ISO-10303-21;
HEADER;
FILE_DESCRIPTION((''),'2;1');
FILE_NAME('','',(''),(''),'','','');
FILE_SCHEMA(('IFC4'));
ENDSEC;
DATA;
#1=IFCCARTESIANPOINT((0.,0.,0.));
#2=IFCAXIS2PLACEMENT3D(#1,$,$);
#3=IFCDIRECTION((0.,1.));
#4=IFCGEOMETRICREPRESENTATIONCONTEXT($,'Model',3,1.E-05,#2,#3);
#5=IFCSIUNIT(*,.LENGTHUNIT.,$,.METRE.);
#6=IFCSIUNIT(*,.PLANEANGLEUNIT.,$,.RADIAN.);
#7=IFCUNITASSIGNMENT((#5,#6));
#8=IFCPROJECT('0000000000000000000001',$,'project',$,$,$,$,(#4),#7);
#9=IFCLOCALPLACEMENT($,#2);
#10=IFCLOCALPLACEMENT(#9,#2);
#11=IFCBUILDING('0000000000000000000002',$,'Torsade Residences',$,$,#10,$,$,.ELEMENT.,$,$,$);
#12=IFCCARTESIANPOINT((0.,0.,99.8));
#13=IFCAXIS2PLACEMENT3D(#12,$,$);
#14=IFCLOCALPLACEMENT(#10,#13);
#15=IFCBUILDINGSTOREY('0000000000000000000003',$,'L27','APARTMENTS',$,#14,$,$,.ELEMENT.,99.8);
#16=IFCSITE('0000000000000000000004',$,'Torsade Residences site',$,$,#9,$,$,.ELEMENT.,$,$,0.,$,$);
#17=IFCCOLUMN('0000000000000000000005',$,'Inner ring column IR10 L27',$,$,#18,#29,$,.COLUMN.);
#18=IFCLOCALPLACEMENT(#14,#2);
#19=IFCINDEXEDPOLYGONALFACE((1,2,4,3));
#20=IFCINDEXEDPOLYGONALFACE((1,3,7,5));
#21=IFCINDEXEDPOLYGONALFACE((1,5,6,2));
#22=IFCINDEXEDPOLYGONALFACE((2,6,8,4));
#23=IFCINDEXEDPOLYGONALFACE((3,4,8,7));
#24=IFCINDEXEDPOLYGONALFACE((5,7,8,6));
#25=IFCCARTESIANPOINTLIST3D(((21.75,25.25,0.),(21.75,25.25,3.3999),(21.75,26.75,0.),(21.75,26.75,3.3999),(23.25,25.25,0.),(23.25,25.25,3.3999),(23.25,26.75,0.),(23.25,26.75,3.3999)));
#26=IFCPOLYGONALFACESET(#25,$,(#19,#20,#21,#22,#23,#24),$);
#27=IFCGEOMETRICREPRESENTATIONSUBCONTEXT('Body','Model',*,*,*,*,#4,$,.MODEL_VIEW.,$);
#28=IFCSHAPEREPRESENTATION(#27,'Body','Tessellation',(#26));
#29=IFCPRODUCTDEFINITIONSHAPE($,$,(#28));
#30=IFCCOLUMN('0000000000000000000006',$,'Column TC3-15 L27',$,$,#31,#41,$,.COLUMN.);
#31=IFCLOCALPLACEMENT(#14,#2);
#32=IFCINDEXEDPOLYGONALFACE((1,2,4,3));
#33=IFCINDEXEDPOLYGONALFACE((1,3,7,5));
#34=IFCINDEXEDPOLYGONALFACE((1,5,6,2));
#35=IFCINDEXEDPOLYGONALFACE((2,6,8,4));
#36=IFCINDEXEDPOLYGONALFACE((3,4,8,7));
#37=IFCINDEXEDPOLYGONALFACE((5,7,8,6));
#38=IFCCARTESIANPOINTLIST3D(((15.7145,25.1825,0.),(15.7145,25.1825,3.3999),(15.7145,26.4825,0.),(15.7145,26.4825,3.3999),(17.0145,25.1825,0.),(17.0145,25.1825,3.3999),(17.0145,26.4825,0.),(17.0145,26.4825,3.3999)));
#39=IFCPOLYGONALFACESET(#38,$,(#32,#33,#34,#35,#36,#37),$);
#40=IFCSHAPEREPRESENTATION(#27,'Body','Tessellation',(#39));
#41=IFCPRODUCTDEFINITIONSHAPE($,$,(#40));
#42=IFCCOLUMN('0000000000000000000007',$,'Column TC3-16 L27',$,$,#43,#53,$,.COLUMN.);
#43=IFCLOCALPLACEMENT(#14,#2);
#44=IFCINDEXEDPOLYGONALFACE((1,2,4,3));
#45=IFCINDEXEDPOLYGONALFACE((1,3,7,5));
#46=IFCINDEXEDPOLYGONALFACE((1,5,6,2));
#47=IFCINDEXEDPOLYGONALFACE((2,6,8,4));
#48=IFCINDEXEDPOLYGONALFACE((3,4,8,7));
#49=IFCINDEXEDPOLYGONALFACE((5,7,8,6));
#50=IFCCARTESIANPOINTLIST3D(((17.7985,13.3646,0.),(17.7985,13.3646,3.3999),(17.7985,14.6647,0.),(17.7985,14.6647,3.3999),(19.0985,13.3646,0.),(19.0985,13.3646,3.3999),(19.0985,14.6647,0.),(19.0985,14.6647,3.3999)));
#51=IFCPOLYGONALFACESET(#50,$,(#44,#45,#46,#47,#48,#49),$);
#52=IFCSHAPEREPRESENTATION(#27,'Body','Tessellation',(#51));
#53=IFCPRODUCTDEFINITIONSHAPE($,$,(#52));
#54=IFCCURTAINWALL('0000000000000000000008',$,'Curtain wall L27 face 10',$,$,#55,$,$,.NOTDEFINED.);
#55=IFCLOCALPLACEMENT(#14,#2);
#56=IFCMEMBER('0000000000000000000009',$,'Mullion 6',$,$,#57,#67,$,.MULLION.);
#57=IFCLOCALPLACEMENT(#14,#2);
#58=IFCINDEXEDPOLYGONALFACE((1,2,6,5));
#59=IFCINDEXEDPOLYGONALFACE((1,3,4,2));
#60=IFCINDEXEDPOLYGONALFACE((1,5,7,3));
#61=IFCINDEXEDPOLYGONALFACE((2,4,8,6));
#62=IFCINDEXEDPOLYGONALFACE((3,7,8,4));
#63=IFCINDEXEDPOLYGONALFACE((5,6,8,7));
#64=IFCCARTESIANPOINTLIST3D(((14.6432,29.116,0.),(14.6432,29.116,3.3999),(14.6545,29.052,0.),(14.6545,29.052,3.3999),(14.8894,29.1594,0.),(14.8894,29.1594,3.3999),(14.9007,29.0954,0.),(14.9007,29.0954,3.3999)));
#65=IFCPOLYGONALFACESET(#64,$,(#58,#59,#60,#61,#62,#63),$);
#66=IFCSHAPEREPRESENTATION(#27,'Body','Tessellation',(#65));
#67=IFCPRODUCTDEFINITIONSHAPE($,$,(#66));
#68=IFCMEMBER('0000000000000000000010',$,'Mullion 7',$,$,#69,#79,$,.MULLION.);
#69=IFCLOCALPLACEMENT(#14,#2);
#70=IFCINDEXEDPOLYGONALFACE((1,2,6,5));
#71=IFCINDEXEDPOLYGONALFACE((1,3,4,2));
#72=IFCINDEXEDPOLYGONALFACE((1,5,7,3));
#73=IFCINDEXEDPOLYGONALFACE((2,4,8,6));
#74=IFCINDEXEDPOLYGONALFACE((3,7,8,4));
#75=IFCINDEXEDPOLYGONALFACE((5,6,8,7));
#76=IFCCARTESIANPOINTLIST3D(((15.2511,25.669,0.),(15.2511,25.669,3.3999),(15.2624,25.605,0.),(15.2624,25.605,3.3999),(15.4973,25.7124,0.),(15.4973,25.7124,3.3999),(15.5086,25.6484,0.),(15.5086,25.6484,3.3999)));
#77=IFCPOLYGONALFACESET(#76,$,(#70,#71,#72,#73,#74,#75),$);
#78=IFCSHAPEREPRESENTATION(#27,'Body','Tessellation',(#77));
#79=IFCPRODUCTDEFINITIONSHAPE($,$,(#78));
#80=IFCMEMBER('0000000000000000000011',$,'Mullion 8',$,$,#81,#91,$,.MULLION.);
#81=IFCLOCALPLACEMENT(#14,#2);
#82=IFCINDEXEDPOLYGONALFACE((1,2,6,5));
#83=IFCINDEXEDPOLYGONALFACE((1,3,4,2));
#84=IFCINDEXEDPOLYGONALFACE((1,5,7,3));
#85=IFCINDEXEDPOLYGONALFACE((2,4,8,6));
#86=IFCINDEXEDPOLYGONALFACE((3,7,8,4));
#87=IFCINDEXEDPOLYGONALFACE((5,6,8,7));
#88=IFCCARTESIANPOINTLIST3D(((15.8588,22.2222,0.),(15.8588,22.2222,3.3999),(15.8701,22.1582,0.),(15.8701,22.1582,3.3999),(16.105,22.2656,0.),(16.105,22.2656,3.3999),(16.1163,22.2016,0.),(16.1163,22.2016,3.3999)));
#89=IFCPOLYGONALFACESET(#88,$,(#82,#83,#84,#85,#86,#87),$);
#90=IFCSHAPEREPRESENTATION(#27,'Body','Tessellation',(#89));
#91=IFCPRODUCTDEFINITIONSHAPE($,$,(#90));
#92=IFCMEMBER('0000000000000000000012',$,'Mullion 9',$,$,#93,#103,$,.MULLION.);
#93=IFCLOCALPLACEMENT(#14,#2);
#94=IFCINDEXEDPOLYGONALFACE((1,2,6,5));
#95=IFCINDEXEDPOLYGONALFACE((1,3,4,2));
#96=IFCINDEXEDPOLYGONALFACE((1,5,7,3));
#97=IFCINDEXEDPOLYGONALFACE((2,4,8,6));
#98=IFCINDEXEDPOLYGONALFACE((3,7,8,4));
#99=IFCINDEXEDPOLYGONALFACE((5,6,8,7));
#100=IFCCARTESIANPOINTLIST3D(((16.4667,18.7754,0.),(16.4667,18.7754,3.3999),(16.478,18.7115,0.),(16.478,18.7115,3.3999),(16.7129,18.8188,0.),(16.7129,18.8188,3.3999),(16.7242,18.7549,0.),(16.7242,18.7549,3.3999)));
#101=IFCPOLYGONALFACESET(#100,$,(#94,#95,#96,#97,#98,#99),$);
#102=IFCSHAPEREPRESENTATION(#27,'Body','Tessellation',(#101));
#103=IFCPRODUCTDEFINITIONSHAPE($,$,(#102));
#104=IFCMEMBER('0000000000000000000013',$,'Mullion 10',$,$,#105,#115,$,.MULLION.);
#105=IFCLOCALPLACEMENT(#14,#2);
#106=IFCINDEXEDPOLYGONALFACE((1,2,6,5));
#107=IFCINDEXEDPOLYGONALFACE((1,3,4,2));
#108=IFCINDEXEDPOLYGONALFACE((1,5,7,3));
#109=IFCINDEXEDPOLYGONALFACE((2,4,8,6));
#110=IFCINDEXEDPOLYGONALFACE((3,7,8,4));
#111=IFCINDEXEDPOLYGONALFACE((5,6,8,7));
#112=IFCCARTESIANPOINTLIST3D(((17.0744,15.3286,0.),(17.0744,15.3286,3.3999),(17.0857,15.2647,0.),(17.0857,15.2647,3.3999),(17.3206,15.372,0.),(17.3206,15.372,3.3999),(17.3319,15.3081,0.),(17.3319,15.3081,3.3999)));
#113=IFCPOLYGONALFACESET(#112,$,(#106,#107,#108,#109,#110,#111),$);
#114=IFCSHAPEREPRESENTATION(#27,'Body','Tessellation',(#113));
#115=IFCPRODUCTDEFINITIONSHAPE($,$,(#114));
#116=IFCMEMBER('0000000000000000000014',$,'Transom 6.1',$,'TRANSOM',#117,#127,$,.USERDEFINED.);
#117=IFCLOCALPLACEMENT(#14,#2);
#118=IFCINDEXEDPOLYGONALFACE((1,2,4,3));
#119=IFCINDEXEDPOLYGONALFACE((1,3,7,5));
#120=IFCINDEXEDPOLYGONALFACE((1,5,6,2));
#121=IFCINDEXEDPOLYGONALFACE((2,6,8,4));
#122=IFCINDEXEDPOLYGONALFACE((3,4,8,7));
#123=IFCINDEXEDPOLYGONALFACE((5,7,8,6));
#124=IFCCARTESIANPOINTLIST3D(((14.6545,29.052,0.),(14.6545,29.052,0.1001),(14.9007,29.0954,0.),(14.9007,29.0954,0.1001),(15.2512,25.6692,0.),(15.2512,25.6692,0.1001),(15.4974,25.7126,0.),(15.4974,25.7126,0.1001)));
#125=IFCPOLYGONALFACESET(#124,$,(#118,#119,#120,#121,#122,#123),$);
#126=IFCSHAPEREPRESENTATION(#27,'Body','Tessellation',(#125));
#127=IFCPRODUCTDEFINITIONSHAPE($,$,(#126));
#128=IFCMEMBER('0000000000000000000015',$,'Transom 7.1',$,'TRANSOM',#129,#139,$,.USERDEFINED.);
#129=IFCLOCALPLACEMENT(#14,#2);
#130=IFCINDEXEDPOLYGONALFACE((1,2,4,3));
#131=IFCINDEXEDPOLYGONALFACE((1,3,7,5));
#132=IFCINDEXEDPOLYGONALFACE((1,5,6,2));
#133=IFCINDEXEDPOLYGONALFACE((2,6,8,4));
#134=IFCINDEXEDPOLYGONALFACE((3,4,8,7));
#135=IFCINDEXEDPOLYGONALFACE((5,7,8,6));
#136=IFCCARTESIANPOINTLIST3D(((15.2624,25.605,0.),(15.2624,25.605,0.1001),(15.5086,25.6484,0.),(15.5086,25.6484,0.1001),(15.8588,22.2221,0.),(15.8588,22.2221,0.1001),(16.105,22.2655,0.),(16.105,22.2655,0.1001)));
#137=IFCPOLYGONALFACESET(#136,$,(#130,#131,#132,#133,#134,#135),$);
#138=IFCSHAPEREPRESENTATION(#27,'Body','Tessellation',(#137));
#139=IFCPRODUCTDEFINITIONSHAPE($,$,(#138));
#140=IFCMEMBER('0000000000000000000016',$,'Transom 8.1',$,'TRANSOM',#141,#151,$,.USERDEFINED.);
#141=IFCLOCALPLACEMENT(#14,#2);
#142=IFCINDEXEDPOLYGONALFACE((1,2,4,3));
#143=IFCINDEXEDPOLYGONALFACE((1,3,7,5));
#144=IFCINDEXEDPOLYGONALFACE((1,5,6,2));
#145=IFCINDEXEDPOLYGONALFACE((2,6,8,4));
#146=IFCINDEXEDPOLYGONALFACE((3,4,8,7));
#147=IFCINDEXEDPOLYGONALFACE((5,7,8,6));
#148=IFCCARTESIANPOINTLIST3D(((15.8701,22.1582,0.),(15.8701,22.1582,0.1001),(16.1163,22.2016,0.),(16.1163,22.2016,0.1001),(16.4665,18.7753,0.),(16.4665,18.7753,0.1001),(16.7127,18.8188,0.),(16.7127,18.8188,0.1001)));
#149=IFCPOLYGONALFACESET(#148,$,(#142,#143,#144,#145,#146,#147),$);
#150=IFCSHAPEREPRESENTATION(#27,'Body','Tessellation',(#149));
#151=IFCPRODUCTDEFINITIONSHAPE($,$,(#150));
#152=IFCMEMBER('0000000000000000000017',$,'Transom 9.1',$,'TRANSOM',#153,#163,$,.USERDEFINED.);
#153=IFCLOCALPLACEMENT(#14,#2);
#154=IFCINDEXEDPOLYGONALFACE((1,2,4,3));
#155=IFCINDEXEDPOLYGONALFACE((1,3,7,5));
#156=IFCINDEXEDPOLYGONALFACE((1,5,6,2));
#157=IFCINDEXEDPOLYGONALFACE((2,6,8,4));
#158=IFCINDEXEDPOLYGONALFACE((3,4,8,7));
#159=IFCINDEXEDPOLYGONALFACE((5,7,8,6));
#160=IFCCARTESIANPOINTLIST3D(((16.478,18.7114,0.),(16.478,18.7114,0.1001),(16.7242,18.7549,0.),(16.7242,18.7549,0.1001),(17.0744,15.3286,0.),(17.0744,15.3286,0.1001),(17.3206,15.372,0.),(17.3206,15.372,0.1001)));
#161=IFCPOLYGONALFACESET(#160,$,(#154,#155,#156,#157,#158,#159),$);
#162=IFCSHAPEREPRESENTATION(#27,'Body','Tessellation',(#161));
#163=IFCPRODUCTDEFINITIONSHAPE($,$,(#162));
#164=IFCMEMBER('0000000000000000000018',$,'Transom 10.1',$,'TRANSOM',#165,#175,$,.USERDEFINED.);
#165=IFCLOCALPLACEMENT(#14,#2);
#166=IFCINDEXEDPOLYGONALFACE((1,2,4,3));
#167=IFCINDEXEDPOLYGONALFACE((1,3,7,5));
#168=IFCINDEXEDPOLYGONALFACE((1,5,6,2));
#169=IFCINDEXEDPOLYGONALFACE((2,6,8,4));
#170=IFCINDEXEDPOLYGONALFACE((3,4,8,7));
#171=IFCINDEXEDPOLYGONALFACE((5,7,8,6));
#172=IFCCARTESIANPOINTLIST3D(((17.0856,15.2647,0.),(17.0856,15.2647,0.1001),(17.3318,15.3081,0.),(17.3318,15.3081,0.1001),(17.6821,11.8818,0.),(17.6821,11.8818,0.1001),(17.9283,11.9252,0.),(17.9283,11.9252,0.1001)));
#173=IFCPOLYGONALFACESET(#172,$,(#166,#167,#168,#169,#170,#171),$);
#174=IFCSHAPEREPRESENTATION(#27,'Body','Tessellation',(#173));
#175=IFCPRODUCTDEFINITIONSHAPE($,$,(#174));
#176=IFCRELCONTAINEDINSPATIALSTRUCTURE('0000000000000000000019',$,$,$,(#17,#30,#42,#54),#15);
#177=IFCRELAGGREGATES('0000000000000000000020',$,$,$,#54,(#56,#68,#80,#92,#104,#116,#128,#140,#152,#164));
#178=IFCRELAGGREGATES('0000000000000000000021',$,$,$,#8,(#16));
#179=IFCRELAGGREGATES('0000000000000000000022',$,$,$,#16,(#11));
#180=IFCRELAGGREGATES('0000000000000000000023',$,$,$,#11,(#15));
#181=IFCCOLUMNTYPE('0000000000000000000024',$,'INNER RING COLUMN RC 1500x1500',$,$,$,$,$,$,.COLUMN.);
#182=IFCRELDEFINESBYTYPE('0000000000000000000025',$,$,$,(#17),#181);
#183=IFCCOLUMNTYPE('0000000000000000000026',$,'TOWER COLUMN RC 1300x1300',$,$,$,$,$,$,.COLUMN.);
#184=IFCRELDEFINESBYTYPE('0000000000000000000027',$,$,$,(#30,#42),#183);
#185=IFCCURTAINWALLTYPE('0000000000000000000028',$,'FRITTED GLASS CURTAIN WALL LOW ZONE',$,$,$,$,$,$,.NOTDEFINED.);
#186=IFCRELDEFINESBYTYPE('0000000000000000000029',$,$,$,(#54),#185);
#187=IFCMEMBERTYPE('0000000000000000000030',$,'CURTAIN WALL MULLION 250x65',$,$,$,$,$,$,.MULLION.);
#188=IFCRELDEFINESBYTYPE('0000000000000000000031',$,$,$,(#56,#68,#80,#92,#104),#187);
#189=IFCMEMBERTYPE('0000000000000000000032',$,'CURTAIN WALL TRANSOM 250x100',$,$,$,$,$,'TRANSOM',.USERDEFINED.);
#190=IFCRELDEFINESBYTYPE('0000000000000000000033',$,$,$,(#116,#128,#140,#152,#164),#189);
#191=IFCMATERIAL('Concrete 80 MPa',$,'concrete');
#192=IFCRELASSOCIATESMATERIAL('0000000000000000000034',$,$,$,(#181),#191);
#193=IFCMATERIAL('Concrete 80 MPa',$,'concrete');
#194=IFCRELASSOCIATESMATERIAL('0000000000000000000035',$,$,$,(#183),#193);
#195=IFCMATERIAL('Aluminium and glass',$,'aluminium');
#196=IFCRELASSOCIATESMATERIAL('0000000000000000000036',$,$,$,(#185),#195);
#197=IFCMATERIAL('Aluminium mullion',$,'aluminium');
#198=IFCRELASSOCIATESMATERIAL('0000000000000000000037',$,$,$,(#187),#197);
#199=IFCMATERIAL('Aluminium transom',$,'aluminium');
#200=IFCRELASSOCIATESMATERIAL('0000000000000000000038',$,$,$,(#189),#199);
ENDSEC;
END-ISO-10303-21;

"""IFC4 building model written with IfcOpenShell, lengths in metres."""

from ifc_helpers import new_model, si_unit, direction, frame, origin, origin_2d, place, context, subcontext, project, spatial, rectangle, extrude, material, material_profile, profile_set, type_object, element, aggregate, save


model = new_model("IFC4")

# Units and contexts
model_context = context("Model", 3, precision=1e-05, world=origin(), true_north=direction((0.0, 1.0)))
body_context = subcontext(model_context, "Body", "Model", "MODEL_VIEW")
ifc_project = project(units=[si_unit("LENGTHUNIT", "METRE"), si_unit("PLANEANGLEUNIT", "RADIAN")], contexts=[model_context])

# Site, building, storey
site_placement = place(None, origin())
site = spatial("IfcSite", under=ifc_project, at=site_placement, Name="Torsade Residences site", CompositionType="ELEMENT", RefElevation=0.0)
building_placement = place(site_placement, origin())
building = spatial("IfcBuilding", under=site, at=building_placement, Name="Torsade Residences", CompositionType="ELEMENT")
storey_placement = place(building_placement, frame((0.0, 0.0, 99.8)))
storey = spatial("IfcBuildingStorey", under=building, at=storey_placement, Name="L27", Description="APARTMENTS", CompositionType="ELEMENT", Elevation=99.8)

# Columns
ifc_material_1 = material(Name="Concrete 80 MPa", Category="concrete")
ifc_material_profile_1 = material_profile(ifc_material_1, rectangle(XDim=1.5, YDim=1.5, at=origin_2d()), Name="RC 1500x1500")
ifc_profile_set_1 = profile_set([ifc_material_profile_1], Name="Concrete 80 MPa")
column_type_1 = type_object("IfcColumnType", Name="INNER RING COLUMN RC 1500x1500", PredefinedType="COLUMN", material=ifc_profile_set_1)
column_placement = place(storey_placement, frame((22.5, 26.0, 0.0), z_axis=(0.0, 0.0, 1.0), x_axis=(1.0, 0.0, 0.0)))
element("IfcColumn", 1, at=column_placement, inside=storey, type_object=column_type_1, Name="Inner ring column IR10 L27", PredefinedType="COLUMN", context=body_context, shape_type="SweptSolid", body=[
    extrude(rectangle(XDim=1.5, YDim=1.5, at=origin_2d()), origin(), (0.0, 0.0, 1.0), 3.3999),
])
ifc_material_2 = material(Name="Concrete 80 MPa", Category="concrete")
ifc_material_profile_2 = material_profile(ifc_material_2, rectangle(XDim=1.3, YDim=1.3, at=origin_2d()), Name="RC 1300x1300")
ifc_profile_set_2 = profile_set([ifc_material_profile_2], Name="Concrete 80 MPa")
column_type_2 = type_object("IfcColumnType", Name="TOWER COLUMN RC 1300x1300", PredefinedType="COLUMN", material=ifc_profile_set_2)
for number, where, z_axis, x_axis, name in (
    (2, (16.3645, 25.8325, 0.0), (0.0, 0.0, 1.0), (1.0, 0.0, 0.0), "Column TC3-15 L27"),
    (3, (18.4485, 14.0146, 0.0), (0.0, 0.0, 1.0), (1.0, 0.0, 0.0), "Column TC3-16 L27"),
):
    element("IfcColumn", number, at=place(storey_placement, frame(where, z_axis=z_axis, x_axis=x_axis)), inside=storey, type_object=column_type_2, Name=name, PredefinedType="COLUMN", context=body_context, shape_type="SweptSolid", body=[
        extrude(rectangle(XDim=1.3, YDim=1.3, at=origin_2d()), origin(), (0.0, 0.0, 1.0), 3.3999),
    ])

# Curtain wall, members
ifc_material_3 = material(Name="Aluminium and glass", Category="aluminium")
curtain_wall_type = type_object("IfcCurtainWallType", Name="FRITTED GLASS CURTAIN WALL LOW ZONE", PredefinedType="NOTDEFINED", material=ifc_material_3)
curtain_wall_placement = place(storey_placement, origin())
curtain_wall = element("IfcCurtainWall", 4, at=curtain_wall_placement, inside=storey, type_object=curtain_wall_type, Name="Curtain wall L27 face 10", PredefinedType="NOTDEFINED")
ifc_material_4 = material(Name="Aluminium mullion", Category="aluminium")
ifc_material_profile_3 = material_profile(ifc_material_4, rectangle(XDim=0.25, YDim=0.0649, at=origin_2d()), Name="CURTAIN WALL MULLION 250x65")
ifc_profile_set_3 = profile_set([ifc_material_profile_3], Name="Aluminium mullion")
member_type_1 = type_object("IfcMemberType", Name="CURTAIN WALL MULLION 250x65", PredefinedType="MULLION", material=ifc_profile_set_3)
member_1_placement = place(storey_placement, frame((14.772, 29.1057, 0.0), z_axis=(0.0, 0.0, 1.0), x_axis=(0.984808, 0.173648, 0.0)))
member_1 = element("IfcMember", 5, at=member_1_placement, type_object=member_type_1, Name="Mullion 6", PredefinedType="MULLION", context=body_context, shape_type="SweptSolid", body=[
    extrude(rectangle(XDim=0.25, YDim=0.0649, at=origin_2d()), origin(), (0.0, 0.0, 1.0), 3.3999),
])
member_2_placement = place(storey_placement, frame((15.3799, 25.6587, 0.0), z_axis=(0.0, 0.0, 1.0), x_axis=(0.984808, 0.173648, 0.0)))
member_2 = element("IfcMember", 6, at=member_2_placement, type_object=member_type_1, Name="Mullion 7", PredefinedType="MULLION", context=body_context, shape_type="SweptSolid", body=[
    extrude(rectangle(XDim=0.25, YDim=0.0649, at=origin_2d()), origin(), (0.0, 0.0, 1.0), 3.3999),
])
member_3_placement = place(storey_placement, frame((15.9875, 22.2119, 0.0), z_axis=(0.0, 0.0, 1.0), x_axis=(0.984808, 0.173648, 0.0)))
member_3 = element("IfcMember", 7, at=member_3_placement, type_object=member_type_1, Name="Mullion 8", PredefinedType="MULLION", context=body_context, shape_type="SweptSolid", body=[
    extrude(rectangle(XDim=0.25, YDim=0.0649, at=origin_2d()), origin(), (0.0, 0.0, 1.0), 3.3999),
])
member_4_placement = place(storey_placement, frame((16.5955, 18.7651, 0.0), z_axis=(0.0, 0.0, 1.0), x_axis=(0.984808, 0.173648, 0.0)))
member_4 = element("IfcMember", 8, at=member_4_placement, type_object=member_type_1, Name="Mullion 9", PredefinedType="MULLION", context=body_context, shape_type="SweptSolid", body=[
    extrude(rectangle(XDim=0.25, YDim=0.0649, at=origin_2d()), origin(), (0.0, 0.0, 1.0), 3.3999),
])
member_5_placement = place(storey_placement, frame((17.2031, 15.3184, 0.0), z_axis=(0.0, 0.0, 1.0), x_axis=(0.984808, 0.173648, 0.0)))
member_5 = element("IfcMember", 9, at=member_5_placement, type_object=member_type_1, Name="Mullion 10", PredefinedType="MULLION", context=body_context, shape_type="SweptSolid", body=[
    extrude(rectangle(XDim=0.25, YDim=0.0649, at=origin_2d()), origin(), (0.0, 0.0, 1.0), 3.3999),
])
ifc_material_5 = material(Name="Aluminium transom", Category="aluminium")
ifc_material_profile_4 = material_profile(ifc_material_5, rectangle(XDim=0.25, YDim=0.1001, at=origin_2d()), Name="CURTAIN WALL TRANSOM 250x100")
ifc_profile_set_4 = profile_set([ifc_material_profile_4], Name="Aluminium transom")
member_type_2 = type_object("IfcMemberType", Name="CURTAIN WALL TRANSOM 250x100", ElementType="TRANSOM", PredefinedType="USERDEFINED", material=ifc_profile_set_4)
member_6_placement = place(storey_placement, frame((14.7776, 29.0737, 0.05), z_axis=(0.173704, -0.984798, 0.0), x_axis=(0.984798, 0.173704, 0.0)))
member_6 = element("IfcMember", 10, at=member_6_placement, type_object=member_type_2, Name="Transom 6.1", ObjectType="TRANSOM", PredefinedType="USERDEFINED", context=body_context, shape_type="SweptSolid", body=[
    extrude(rectangle(XDim=0.25, YDim=0.1001, at=origin_2d()), origin(), (0.0, 0.0, 1.0), 3.4351),
])
member_7_placement = place(storey_placement, frame((15.3855, 25.6267, 0.05), z_axis=(0.173635, -0.98481, 0.0), x_axis=(0.98481, 0.173635, 0.0)))
member_7 = element("IfcMember", 11, at=member_7_placement, type_object=member_type_2, Name="Transom 7.1", ObjectType="TRANSOM", PredefinedType="USERDEFINED", context=body_context, shape_type="SweptSolid", body=[
    extrude(rectangle(XDim=0.25, YDim=0.1001, at=origin_2d()), origin(), (0.0, 0.0, 1.0), 3.4351),
])
member_8_placement = place(storey_placement, frame((15.9932, 22.1799, 0.05), z_axis=(0.173635, -0.98481, 0.0), x_axis=(0.98481, 0.173635, 0.0)))
member_8 = element("IfcMember", 12, at=member_8_placement, type_object=member_type_2, Name="Transom 8.1", ObjectType="TRANSOM", PredefinedType="USERDEFINED", context=body_context, shape_type="SweptSolid", body=[
    extrude(rectangle(XDim=0.25, YDim=0.1001, at=origin_2d()), origin(), (0.0, 0.0, 1.0), 3.4351),
])
member_9_placement = place(storey_placement, frame((16.6011, 18.7332, 0.05), z_axis=(0.173635, -0.98481, 0.0), x_axis=(0.98481, 0.173635, 0.0)))
member_9 = element("IfcMember", 13, at=member_9_placement, type_object=member_type_2, Name="Transom 9.1", ObjectType="TRANSOM", PredefinedType="USERDEFINED", context=body_context, shape_type="SweptSolid", body=[
    extrude(rectangle(XDim=0.25, YDim=0.1001, at=origin_2d()), origin(), (0.0, 0.0, 1.0), 3.4351),
])
member_10_placement = place(storey_placement, frame((17.2087, 15.2864, 0.05), z_axis=(0.173635, -0.98481, 0.0), x_axis=(0.98481, 0.173635, 0.0)))
member_10 = element("IfcMember", 14, at=member_10_placement, type_object=member_type_2, Name="Transom 10.1", ObjectType="TRANSOM", PredefinedType="USERDEFINED", context=body_context, shape_type="SweptSolid", body=[
    extrude(rectangle(XDim=0.25, YDim=0.1001, at=origin_2d()), origin(), (0.0, 0.0, 1.0), 3.4351),
])

aggregate(curtain_wall, [member_1, member_2, member_3, member_4, member_5, member_6, member_7, member_8, member_9, member_10])

save(model, "model.ifc")
